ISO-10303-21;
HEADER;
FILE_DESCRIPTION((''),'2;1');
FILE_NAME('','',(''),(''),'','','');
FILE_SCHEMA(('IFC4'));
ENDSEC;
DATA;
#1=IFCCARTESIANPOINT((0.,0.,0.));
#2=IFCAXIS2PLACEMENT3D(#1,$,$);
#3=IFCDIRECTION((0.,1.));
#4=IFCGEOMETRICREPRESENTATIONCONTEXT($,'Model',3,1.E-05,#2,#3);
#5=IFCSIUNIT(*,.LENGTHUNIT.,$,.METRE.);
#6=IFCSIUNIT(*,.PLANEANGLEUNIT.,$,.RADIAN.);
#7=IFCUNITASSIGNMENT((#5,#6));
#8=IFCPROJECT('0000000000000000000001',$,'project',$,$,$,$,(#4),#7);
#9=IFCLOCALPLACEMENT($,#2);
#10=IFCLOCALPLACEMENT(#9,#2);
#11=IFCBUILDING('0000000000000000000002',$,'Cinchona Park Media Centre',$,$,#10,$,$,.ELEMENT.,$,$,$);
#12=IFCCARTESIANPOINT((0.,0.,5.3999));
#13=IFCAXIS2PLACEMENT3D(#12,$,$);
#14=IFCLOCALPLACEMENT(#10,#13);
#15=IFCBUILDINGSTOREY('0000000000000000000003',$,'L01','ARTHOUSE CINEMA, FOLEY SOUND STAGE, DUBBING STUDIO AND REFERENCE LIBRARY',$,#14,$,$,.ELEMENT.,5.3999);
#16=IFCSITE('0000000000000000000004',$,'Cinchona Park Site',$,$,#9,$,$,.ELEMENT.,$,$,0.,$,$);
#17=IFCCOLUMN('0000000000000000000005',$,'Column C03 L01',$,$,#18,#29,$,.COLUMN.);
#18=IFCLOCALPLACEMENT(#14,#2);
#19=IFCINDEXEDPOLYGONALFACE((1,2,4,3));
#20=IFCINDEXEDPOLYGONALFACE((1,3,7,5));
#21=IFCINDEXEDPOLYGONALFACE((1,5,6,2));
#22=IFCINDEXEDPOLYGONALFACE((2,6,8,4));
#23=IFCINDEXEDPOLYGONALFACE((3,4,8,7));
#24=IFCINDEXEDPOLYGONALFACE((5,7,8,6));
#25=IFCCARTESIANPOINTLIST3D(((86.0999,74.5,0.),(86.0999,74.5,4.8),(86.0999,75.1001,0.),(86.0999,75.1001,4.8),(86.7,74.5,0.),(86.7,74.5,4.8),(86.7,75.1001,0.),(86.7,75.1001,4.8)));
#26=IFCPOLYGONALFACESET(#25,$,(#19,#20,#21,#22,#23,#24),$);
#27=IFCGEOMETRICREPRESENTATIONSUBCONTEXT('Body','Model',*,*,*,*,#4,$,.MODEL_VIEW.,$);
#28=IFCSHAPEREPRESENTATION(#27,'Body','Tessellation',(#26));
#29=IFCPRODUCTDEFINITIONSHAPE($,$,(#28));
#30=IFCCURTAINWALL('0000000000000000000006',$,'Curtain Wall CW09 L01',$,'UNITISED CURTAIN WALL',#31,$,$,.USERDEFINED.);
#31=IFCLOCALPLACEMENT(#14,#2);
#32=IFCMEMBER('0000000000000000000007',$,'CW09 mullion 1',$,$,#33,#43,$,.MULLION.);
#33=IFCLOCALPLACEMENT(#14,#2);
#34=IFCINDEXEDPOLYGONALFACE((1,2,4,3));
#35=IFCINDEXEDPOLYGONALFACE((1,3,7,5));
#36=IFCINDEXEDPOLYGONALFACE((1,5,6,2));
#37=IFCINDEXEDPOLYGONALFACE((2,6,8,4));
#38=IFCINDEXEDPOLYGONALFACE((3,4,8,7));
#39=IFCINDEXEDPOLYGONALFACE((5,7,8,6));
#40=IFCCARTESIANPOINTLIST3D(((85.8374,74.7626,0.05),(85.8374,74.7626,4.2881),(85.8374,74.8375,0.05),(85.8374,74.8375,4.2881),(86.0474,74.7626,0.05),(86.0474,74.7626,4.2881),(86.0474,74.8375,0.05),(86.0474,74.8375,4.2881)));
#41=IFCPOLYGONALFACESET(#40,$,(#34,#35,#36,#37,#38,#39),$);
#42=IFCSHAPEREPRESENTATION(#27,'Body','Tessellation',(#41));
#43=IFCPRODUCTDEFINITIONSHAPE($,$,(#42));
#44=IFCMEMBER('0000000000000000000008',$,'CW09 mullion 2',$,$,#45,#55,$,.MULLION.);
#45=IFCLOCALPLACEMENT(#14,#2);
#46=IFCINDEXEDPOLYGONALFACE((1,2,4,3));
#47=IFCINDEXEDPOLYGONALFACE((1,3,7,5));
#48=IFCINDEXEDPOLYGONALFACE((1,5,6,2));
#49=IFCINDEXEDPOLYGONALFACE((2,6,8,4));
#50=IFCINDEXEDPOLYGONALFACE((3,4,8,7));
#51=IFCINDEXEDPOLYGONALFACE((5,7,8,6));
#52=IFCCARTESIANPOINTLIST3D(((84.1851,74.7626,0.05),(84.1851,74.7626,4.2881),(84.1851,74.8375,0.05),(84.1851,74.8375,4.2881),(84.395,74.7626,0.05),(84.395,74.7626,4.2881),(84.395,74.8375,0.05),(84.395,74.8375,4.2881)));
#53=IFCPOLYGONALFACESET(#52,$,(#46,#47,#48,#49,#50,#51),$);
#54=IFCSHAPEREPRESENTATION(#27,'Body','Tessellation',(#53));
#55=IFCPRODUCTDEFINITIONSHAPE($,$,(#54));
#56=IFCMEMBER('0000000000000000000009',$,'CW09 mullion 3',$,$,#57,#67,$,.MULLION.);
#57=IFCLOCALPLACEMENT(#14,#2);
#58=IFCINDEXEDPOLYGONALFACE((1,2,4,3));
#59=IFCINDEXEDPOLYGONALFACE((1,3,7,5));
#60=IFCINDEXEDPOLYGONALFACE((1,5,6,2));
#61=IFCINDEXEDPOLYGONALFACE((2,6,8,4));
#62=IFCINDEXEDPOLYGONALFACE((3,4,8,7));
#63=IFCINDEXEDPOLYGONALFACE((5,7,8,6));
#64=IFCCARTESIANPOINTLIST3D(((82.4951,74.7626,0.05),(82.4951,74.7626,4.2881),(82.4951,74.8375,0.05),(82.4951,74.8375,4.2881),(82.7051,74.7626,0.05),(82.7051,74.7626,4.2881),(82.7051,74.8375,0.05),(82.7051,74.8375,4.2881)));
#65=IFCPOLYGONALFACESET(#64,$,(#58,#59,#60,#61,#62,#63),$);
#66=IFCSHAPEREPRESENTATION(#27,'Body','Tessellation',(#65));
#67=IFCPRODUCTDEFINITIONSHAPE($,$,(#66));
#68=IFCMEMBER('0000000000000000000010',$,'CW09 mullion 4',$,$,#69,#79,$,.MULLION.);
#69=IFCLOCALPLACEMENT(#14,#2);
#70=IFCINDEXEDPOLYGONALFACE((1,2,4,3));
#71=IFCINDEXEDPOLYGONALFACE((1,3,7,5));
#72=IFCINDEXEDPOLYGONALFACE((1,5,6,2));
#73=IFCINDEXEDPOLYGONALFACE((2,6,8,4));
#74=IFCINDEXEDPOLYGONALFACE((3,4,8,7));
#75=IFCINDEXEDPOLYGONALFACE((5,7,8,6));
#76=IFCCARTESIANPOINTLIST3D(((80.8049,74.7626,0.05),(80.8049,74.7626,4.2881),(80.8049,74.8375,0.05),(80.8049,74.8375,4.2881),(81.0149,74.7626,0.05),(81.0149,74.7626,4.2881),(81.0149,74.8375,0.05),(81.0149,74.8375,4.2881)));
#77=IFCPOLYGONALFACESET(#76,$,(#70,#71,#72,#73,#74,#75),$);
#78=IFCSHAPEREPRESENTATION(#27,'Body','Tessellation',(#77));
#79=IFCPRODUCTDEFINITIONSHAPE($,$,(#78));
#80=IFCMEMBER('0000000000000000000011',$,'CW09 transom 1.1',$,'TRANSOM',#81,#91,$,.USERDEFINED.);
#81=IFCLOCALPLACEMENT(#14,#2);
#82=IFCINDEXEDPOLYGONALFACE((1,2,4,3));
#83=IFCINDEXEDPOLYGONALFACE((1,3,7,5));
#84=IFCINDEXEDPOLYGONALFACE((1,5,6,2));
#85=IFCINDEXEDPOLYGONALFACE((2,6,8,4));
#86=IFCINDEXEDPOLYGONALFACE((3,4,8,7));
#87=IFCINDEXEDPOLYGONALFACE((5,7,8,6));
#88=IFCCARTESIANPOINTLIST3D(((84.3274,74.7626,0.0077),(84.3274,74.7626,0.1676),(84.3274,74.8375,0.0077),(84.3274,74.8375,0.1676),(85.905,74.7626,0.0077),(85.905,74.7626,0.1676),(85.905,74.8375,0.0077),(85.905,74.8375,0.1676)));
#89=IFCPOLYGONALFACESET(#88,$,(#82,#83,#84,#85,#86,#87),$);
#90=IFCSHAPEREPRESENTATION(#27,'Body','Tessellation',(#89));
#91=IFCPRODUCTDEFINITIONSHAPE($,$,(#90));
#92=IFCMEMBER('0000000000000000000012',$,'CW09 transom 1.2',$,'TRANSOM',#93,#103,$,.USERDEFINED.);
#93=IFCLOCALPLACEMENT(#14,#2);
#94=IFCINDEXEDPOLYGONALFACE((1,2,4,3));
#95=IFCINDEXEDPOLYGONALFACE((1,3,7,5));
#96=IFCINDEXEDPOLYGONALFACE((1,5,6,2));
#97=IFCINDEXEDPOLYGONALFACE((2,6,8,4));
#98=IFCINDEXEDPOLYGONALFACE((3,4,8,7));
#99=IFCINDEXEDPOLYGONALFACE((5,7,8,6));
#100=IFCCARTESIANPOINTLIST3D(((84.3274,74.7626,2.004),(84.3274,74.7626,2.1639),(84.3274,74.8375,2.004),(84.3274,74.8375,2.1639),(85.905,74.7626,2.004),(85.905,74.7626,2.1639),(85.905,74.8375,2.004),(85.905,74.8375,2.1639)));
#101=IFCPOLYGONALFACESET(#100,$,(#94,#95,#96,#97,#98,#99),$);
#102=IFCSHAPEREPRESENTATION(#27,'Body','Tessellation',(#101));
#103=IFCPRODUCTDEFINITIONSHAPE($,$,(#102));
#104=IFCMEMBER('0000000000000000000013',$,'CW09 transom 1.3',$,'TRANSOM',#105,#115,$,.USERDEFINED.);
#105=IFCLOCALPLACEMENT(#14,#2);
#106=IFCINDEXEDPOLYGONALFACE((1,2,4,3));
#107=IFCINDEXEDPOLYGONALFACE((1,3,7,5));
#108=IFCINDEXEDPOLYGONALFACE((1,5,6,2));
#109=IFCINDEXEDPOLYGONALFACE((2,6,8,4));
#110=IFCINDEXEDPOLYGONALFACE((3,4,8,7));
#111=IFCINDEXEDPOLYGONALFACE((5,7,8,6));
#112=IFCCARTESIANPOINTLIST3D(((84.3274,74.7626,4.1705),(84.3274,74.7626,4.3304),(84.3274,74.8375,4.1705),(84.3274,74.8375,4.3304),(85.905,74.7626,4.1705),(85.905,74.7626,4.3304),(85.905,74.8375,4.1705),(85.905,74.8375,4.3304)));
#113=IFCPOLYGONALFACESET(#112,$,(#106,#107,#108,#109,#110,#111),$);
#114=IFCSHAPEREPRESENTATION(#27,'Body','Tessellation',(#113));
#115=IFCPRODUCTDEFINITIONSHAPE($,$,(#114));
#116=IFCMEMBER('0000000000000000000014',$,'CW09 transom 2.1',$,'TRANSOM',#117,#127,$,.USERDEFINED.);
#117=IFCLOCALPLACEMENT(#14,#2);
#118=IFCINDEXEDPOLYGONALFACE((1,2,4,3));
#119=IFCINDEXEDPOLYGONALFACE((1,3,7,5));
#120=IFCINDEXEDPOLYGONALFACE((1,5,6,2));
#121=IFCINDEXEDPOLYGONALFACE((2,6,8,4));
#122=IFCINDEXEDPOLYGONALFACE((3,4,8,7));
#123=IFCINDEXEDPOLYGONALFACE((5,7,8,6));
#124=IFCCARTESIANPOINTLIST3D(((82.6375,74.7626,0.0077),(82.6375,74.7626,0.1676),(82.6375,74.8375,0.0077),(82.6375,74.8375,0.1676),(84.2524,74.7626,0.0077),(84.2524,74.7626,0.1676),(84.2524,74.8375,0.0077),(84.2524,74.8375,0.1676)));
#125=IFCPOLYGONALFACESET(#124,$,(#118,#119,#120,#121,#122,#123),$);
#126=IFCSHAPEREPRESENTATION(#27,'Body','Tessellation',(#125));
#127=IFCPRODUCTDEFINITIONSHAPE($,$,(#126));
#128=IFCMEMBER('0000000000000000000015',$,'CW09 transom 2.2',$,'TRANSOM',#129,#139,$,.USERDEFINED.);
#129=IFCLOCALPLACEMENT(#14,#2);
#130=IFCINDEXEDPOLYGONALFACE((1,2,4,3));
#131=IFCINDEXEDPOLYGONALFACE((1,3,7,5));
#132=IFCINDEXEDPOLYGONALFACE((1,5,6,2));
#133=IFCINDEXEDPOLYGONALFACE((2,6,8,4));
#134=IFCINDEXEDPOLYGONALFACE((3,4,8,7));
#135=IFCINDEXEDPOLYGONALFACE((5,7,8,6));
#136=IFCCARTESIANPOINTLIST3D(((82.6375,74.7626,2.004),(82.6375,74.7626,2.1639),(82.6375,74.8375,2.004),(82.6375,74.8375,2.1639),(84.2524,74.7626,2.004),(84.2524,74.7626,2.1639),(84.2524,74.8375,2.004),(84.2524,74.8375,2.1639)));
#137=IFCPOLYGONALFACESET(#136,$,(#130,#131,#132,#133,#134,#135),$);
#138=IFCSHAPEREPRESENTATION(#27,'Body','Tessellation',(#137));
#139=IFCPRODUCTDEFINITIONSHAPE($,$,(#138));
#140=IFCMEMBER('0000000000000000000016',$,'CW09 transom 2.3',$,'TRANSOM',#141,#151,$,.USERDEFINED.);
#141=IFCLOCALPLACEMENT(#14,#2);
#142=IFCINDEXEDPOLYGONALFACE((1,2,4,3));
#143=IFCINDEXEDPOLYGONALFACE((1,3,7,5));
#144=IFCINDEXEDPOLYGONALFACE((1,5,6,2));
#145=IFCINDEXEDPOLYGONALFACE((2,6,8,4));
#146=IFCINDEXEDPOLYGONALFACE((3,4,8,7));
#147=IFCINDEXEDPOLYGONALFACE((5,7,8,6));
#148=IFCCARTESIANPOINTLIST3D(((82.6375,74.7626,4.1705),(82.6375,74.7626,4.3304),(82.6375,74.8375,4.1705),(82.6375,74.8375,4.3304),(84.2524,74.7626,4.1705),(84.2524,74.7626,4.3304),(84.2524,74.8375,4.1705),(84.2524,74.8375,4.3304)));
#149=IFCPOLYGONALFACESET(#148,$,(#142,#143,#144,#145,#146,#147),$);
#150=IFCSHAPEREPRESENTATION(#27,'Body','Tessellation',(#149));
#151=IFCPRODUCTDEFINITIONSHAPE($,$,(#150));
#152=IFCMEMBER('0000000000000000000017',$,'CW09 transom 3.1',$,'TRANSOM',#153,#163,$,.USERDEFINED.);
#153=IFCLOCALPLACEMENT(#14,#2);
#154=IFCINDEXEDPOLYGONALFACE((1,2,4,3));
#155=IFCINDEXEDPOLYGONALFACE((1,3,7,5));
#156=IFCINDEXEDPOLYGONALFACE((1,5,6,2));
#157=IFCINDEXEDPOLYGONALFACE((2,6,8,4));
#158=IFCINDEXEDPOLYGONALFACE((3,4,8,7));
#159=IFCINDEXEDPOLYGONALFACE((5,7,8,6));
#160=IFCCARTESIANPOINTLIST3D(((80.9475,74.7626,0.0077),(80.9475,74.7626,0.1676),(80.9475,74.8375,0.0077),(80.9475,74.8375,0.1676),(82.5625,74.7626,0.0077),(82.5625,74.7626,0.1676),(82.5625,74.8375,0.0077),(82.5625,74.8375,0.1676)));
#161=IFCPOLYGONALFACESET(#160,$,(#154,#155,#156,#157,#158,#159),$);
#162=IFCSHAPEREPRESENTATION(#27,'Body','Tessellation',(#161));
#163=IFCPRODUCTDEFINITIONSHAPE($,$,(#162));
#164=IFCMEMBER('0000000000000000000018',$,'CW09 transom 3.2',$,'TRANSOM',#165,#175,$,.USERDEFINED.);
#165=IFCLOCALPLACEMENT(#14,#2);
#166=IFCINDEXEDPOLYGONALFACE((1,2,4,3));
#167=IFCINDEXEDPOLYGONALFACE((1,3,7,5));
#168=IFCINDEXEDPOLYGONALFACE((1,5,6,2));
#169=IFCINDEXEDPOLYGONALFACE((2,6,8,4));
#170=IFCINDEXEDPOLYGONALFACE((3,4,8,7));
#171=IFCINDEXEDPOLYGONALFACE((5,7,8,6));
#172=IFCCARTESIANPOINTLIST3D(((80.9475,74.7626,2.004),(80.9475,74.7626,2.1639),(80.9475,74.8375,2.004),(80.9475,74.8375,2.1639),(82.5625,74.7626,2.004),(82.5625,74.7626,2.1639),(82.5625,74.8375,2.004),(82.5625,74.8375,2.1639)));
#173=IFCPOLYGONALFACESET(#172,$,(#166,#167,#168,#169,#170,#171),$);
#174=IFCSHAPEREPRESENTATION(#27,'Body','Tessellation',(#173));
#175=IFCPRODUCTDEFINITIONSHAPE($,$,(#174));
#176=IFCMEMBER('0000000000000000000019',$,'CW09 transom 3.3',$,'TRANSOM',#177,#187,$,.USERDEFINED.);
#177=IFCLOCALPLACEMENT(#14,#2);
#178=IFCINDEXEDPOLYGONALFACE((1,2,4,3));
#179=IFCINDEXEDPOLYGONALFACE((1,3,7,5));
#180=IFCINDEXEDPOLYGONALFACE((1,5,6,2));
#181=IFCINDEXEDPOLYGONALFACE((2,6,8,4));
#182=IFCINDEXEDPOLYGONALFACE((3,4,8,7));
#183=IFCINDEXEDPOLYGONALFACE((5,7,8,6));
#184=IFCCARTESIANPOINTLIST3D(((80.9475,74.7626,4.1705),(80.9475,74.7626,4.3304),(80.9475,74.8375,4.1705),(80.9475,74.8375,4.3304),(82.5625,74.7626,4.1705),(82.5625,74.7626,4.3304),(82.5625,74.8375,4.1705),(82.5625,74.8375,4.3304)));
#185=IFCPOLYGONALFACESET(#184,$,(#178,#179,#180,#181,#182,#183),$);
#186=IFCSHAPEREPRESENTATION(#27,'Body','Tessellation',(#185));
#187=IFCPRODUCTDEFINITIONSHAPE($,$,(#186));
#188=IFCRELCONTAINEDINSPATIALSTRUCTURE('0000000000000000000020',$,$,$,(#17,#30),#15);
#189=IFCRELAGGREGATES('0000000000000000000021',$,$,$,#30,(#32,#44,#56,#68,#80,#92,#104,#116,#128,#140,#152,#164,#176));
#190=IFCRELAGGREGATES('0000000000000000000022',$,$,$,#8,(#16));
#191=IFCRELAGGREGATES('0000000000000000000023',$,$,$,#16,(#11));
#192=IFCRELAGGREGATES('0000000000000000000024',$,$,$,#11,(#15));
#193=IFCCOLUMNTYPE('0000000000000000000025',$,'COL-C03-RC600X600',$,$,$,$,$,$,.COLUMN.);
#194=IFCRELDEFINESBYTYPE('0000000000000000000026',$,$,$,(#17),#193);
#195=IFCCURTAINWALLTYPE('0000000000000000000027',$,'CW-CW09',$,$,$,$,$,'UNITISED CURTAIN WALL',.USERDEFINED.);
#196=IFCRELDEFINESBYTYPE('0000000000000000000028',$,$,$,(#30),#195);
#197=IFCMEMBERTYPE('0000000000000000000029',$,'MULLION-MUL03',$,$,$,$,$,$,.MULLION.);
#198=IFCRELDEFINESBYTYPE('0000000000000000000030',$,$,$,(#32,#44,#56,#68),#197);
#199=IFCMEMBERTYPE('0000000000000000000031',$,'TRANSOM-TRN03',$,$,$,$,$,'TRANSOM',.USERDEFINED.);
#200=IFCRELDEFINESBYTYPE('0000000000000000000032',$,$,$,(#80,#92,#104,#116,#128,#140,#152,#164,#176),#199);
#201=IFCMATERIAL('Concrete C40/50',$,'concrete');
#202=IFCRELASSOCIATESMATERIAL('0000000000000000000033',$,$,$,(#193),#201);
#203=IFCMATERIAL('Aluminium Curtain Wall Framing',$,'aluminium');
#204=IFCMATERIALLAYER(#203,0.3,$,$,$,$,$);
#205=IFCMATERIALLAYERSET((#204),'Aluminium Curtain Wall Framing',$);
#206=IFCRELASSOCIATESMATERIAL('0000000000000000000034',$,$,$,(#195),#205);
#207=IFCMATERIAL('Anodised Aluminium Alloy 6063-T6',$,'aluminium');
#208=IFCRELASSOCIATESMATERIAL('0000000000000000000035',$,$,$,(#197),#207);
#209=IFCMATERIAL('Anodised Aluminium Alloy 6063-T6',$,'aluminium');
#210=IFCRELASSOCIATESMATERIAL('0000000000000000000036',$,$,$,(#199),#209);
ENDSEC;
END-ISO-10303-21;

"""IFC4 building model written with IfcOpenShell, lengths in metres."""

from ifc_helpers import new_model, si_unit, direction, frame, origin, origin_2d, place, context, subcontext, project, spatial, rectangle, extrude, material, layer, layer_set, material_profile, profile_set, type_object, element, aggregate, save


model = new_model("IFC4")

# Units and contexts
model_context = context("Model", 3, precision=1e-05, world=origin(), true_north=direction((0.0, 1.0)))
body_context = subcontext(model_context, "Body", "Model", "MODEL_VIEW")
ifc_project = project(units=[si_unit("LENGTHUNIT", "METRE"), si_unit("PLANEANGLEUNIT", "RADIAN")], contexts=[model_context])

# Site, building, storey
site_placement = place(None, origin())
site = spatial("IfcSite", under=ifc_project, at=site_placement, Name="Cinchona Park Site", CompositionType="ELEMENT", RefElevation=0.0)
building_placement = place(site_placement, origin())
building = spatial("IfcBuilding", under=site, at=building_placement, Name="Cinchona Park Media Centre", CompositionType="ELEMENT")
storey_placement = place(building_placement, frame((0.0, 0.0, 5.3999)))
storey = spatial("IfcBuildingStorey", under=building, at=storey_placement, Name="L01", Description="ARTHOUSE CINEMA, FOLEY SOUND STAGE, DUBBING STUDIO AND REFERENCE LIBRARY", CompositionType="ELEMENT", Elevation=5.3999)

# Column
ifc_material_1 = material(Name="Concrete C40/50", Category="concrete")
ifc_material_profile_1 = material_profile(ifc_material_1, rectangle(XDim=0.6001, YDim=0.6001, at=origin_2d()), Name="RC 600X600")
ifc_profile_set_1 = profile_set([ifc_material_profile_1], Name="Concrete C40/50")
column_type = type_object("IfcColumnType", Name="COL-C03-RC600X600", PredefinedType="COLUMN", material=ifc_profile_set_1)
column_placement = place(storey_placement, frame((86.3999, 74.8, 0.0), z_axis=(0.0, 0.0, 1.0), x_axis=(1.0, 0.0, 0.0)))
element("IfcColumn", 1, at=column_placement, inside=storey, type_object=column_type, Name="Column C03 L01", PredefinedType="COLUMN", context=body_context, shape_type="SweptSolid", body=[
    extrude(rectangle(XDim=0.6001, YDim=0.6001, at=origin_2d()), origin(), (0.0, 0.0, 1.0), 4.8),
])

# Curtain wall, members
ifc_material_2 = material(Name="Aluminium Curtain Wall Framing", Category="aluminium")
ifc_layer_1 = layer(ifc_material_2, 0.3)
ifc_layer_set_1 = layer_set([ifc_layer_1], Name="Aluminium Curtain Wall Framing")
curtain_wall_type = type_object("IfcCurtainWallType", Name="CW-CW09", ElementType="UNITISED CURTAIN WALL", PredefinedType="USERDEFINED", material=ifc_layer_set_1)
curtain_wall_placement = place(storey_placement, origin())
curtain_wall = element("IfcCurtainWall", 2, at=curtain_wall_placement, inside=storey, type_object=curtain_wall_type, Name="Curtain Wall CW09 L01", ObjectType="UNITISED CURTAIN WALL", PredefinedType="USERDEFINED")
ifc_material_3 = material(Name="Anodised Aluminium Alloy 6063-T6", Category="aluminium")
ifc_material_profile_2 = material_profile(ifc_material_3, rectangle(XDim=0.075, YDim=0.21, at=origin_2d()), Name="MUL-75X210")
ifc_profile_set_2 = profile_set([ifc_material_profile_2], Name="Anodised Aluminium Alloy 6063-T6")
member_type_1 = type_object("IfcMemberType", Name="MULLION-MUL03", PredefinedType="MULLION", material=ifc_profile_set_2)
member_1_placement = place(storey_placement, frame((85.9424, 74.8, 0.05), z_axis=(0.0, 0.0, 1.0), x_axis=(0.0, -1.0, 0.0)))
member_1 = element("IfcMember", 3, at=member_1_placement, type_object=member_type_1, Name="CW09 mullion 1", PredefinedType="MULLION", context=body_context, shape_type="SweptSolid", body=[
    extrude(rectangle(XDim=0.075, YDim=0.21, at=origin_2d()), origin(), (0.0, 0.0, 1.0), 4.238),
])
member_2_placement = place(storey_placement, frame((84.29, 74.8, 0.05), z_axis=(0.0, 0.0, 1.0), x_axis=(0.0, -1.0, 0.0)))
member_2 = element("IfcMember", 4, at=member_2_placement, type_object=member_type_1, Name="CW09 mullion 2", PredefinedType="MULLION", context=body_context, shape_type="SweptSolid", body=[
    extrude(rectangle(XDim=0.075, YDim=0.21, at=origin_2d()), origin(), (0.0, 0.0, 1.0), 4.238),
])
member_3_placement = place(storey_placement, frame((82.6001, 74.8, 0.05), z_axis=(0.0, 0.0, 1.0), x_axis=(0.0, -1.0, 0.0)))
member_3 = element("IfcMember", 5, at=member_3_placement, type_object=member_type_1, Name="CW09 mullion 3", PredefinedType="MULLION", context=body_context, shape_type="SweptSolid", body=[
    extrude(rectangle(XDim=0.075, YDim=0.21, at=origin_2d()), origin(), (0.0, 0.0, 1.0), 4.238),
])
member_4_placement = place(storey_placement, frame((80.9099, 74.8, 0.05), z_axis=(0.0, 0.0, 1.0), x_axis=(0.0, -1.0, 0.0)))
member_4 = element("IfcMember", 6, at=member_4_placement, type_object=member_type_1, Name="CW09 mullion 4", PredefinedType="MULLION", context=body_context, shape_type="SweptSolid", body=[
    extrude(rectangle(XDim=0.075, YDim=0.21, at=origin_2d()), origin(), (0.0, 0.0, 1.0), 4.238),
])
ifc_material_4 = material(Name="Anodised Aluminium Alloy 6063-T6", Category="aluminium")
ifc_material_profile_3 = material_profile(ifc_material_4, rectangle(XDim=0.075, YDim=0.1599, at=origin_2d()), Name="TRN-75X160")
ifc_profile_set_3 = profile_set([ifc_material_profile_3], Name="Anodised Aluminium Alloy 6063-T6")
member_type_2 = type_object("IfcMemberType", Name="TRANSOM-TRN03", ElementType="TRANSOM", PredefinedType="USERDEFINED", material=ifc_profile_set_3)
member_5_placement = place(storey_placement, frame((85.905, 74.8, 0.0876), z_axis=(-1.0, 0.0, 0.0), x_axis=(0.0, -1.0, 0.0)))
member_5 = element("IfcMember", 7, at=member_5_placement, type_object=member_type_2, Name="CW09 transom 1.1", ObjectType="TRANSOM", PredefinedType="USERDEFINED", context=body_context, shape_type="SweptSolid", body=[
    extrude(rectangle(XDim=0.075, YDim=0.1599, at=origin_2d()), origin(), (0.0, 0.0, 1.0), 1.5776),
])
member_6_placement = place(storey_placement, frame((85.905, 74.8, 2.084), z_axis=(-1.0, 0.0, 0.0), x_axis=(0.0, -1.0, 0.0)))
member_6 = element("IfcMember", 8, at=member_6_placement, type_object=member_type_2, Name="CW09 transom 1.2", ObjectType="TRANSOM", PredefinedType="USERDEFINED", context=body_context, shape_type="SweptSolid", body=[
    extrude(rectangle(XDim=0.075, YDim=0.1599, at=origin_2d()), origin(), (0.0, 0.0, 1.0), 1.5776),
])
member_7_placement = place(storey_placement, frame((85.905, 74.8, 4.2505), z_axis=(-1.0, 0.0, 0.0), x_axis=(0.0, -1.0, 0.0)))
member_7 = element("IfcMember", 9, at=member_7_placement, type_object=member_type_2, Name="CW09 transom 1.3", ObjectType="TRANSOM", PredefinedType="USERDEFINED", context=body_context, shape_type="SweptSolid", body=[
    extrude(rectangle(XDim=0.075, YDim=0.1599, at=origin_2d()), origin(), (0.0, 0.0, 1.0), 1.5776),
])
member_8_placement = place(storey_placement, frame((84.2524, 74.8, 0.0876), z_axis=(-1.0, 0.0, 0.0), x_axis=(0.0, -1.0, 0.0)))
member_8 = element("IfcMember", 10, at=member_8_placement, type_object=member_type_2, Name="CW09 transom 2.1", ObjectType="TRANSOM", PredefinedType="USERDEFINED", context=body_context, shape_type="SweptSolid", body=[
    extrude(rectangle(XDim=0.075, YDim=0.1599, at=origin_2d()), origin(), (0.0, 0.0, 1.0), 1.615),
])
member_9_placement = place(storey_placement, frame((84.2524, 74.8, 2.084), z_axis=(-1.0, 0.0, 0.0), x_axis=(0.0, -1.0, 0.0)))
member_9 = element("IfcMember", 11, at=member_9_placement, type_object=member_type_2, Name="CW09 transom 2.2", ObjectType="TRANSOM", PredefinedType="USERDEFINED", context=body_context, shape_type="SweptSolid", body=[
    extrude(rectangle(XDim=0.075, YDim=0.1599, at=origin_2d()), origin(), (0.0, 0.0, 1.0), 1.615),
])
member_10_placement = place(storey_placement, frame((84.2524, 74.8, 4.2505), z_axis=(-1.0, 0.0, 0.0), x_axis=(0.0, -1.0, 0.0)))
member_10 = element("IfcMember", 12, at=member_10_placement, type_object=member_type_2, Name="CW09 transom 2.3", ObjectType="TRANSOM", PredefinedType="USERDEFINED", context=body_context, shape_type="SweptSolid", body=[
    extrude(rectangle(XDim=0.075, YDim=0.1599, at=origin_2d()), origin(), (0.0, 0.0, 1.0), 1.615),
])
member_11_placement = place(storey_placement, frame((82.5625, 74.8, 0.0876), z_axis=(-1.0, 0.0, 0.0), x_axis=(0.0, -1.0, 0.0)))
member_11 = element("IfcMember", 13, at=member_11_placement, type_object=member_type_2, Name="CW09 transom 3.1", ObjectType="TRANSOM", PredefinedType="USERDEFINED", context=body_context, shape_type="SweptSolid", body=[
    extrude(rectangle(XDim=0.075, YDim=0.1599, at=origin_2d()), origin(), (0.0, 0.0, 1.0), 1.615),
])
member_12_placement = place(storey_placement, frame((82.5625, 74.8, 2.084), z_axis=(-1.0, 0.0, 0.0), x_axis=(0.0, -1.0, 0.0)))
member_12 = element("IfcMember", 14, at=member_12_placement, type_object=member_type_2, Name="CW09 transom 3.2", ObjectType="TRANSOM", PredefinedType="USERDEFINED", context=body_context, shape_type="SweptSolid", body=[
    extrude(rectangle(XDim=0.075, YDim=0.1599, at=origin_2d()), origin(), (0.0, 0.0, 1.0), 1.615),
])
member_13_placement = place(storey_placement, frame((82.5625, 74.8, 4.2505), z_axis=(-1.0, 0.0, 0.0), x_axis=(0.0, -1.0, 0.0)))
member_13 = element("IfcMember", 15, at=member_13_placement, type_object=member_type_2, Name="CW09 transom 3.3", ObjectType="TRANSOM", PredefinedType="USERDEFINED", context=body_context, shape_type="SweptSolid", body=[
    extrude(rectangle(XDim=0.075, YDim=0.1599, at=origin_2d()), origin(), (0.0, 0.0, 1.0), 1.615),
])
aggregate(curtain_wall, [member_1, member_2, member_3, member_4, member_5, member_6, member_7, member_8, member_9, member_10, member_11, member_12, member_13])

save(model, "model.ifc")
